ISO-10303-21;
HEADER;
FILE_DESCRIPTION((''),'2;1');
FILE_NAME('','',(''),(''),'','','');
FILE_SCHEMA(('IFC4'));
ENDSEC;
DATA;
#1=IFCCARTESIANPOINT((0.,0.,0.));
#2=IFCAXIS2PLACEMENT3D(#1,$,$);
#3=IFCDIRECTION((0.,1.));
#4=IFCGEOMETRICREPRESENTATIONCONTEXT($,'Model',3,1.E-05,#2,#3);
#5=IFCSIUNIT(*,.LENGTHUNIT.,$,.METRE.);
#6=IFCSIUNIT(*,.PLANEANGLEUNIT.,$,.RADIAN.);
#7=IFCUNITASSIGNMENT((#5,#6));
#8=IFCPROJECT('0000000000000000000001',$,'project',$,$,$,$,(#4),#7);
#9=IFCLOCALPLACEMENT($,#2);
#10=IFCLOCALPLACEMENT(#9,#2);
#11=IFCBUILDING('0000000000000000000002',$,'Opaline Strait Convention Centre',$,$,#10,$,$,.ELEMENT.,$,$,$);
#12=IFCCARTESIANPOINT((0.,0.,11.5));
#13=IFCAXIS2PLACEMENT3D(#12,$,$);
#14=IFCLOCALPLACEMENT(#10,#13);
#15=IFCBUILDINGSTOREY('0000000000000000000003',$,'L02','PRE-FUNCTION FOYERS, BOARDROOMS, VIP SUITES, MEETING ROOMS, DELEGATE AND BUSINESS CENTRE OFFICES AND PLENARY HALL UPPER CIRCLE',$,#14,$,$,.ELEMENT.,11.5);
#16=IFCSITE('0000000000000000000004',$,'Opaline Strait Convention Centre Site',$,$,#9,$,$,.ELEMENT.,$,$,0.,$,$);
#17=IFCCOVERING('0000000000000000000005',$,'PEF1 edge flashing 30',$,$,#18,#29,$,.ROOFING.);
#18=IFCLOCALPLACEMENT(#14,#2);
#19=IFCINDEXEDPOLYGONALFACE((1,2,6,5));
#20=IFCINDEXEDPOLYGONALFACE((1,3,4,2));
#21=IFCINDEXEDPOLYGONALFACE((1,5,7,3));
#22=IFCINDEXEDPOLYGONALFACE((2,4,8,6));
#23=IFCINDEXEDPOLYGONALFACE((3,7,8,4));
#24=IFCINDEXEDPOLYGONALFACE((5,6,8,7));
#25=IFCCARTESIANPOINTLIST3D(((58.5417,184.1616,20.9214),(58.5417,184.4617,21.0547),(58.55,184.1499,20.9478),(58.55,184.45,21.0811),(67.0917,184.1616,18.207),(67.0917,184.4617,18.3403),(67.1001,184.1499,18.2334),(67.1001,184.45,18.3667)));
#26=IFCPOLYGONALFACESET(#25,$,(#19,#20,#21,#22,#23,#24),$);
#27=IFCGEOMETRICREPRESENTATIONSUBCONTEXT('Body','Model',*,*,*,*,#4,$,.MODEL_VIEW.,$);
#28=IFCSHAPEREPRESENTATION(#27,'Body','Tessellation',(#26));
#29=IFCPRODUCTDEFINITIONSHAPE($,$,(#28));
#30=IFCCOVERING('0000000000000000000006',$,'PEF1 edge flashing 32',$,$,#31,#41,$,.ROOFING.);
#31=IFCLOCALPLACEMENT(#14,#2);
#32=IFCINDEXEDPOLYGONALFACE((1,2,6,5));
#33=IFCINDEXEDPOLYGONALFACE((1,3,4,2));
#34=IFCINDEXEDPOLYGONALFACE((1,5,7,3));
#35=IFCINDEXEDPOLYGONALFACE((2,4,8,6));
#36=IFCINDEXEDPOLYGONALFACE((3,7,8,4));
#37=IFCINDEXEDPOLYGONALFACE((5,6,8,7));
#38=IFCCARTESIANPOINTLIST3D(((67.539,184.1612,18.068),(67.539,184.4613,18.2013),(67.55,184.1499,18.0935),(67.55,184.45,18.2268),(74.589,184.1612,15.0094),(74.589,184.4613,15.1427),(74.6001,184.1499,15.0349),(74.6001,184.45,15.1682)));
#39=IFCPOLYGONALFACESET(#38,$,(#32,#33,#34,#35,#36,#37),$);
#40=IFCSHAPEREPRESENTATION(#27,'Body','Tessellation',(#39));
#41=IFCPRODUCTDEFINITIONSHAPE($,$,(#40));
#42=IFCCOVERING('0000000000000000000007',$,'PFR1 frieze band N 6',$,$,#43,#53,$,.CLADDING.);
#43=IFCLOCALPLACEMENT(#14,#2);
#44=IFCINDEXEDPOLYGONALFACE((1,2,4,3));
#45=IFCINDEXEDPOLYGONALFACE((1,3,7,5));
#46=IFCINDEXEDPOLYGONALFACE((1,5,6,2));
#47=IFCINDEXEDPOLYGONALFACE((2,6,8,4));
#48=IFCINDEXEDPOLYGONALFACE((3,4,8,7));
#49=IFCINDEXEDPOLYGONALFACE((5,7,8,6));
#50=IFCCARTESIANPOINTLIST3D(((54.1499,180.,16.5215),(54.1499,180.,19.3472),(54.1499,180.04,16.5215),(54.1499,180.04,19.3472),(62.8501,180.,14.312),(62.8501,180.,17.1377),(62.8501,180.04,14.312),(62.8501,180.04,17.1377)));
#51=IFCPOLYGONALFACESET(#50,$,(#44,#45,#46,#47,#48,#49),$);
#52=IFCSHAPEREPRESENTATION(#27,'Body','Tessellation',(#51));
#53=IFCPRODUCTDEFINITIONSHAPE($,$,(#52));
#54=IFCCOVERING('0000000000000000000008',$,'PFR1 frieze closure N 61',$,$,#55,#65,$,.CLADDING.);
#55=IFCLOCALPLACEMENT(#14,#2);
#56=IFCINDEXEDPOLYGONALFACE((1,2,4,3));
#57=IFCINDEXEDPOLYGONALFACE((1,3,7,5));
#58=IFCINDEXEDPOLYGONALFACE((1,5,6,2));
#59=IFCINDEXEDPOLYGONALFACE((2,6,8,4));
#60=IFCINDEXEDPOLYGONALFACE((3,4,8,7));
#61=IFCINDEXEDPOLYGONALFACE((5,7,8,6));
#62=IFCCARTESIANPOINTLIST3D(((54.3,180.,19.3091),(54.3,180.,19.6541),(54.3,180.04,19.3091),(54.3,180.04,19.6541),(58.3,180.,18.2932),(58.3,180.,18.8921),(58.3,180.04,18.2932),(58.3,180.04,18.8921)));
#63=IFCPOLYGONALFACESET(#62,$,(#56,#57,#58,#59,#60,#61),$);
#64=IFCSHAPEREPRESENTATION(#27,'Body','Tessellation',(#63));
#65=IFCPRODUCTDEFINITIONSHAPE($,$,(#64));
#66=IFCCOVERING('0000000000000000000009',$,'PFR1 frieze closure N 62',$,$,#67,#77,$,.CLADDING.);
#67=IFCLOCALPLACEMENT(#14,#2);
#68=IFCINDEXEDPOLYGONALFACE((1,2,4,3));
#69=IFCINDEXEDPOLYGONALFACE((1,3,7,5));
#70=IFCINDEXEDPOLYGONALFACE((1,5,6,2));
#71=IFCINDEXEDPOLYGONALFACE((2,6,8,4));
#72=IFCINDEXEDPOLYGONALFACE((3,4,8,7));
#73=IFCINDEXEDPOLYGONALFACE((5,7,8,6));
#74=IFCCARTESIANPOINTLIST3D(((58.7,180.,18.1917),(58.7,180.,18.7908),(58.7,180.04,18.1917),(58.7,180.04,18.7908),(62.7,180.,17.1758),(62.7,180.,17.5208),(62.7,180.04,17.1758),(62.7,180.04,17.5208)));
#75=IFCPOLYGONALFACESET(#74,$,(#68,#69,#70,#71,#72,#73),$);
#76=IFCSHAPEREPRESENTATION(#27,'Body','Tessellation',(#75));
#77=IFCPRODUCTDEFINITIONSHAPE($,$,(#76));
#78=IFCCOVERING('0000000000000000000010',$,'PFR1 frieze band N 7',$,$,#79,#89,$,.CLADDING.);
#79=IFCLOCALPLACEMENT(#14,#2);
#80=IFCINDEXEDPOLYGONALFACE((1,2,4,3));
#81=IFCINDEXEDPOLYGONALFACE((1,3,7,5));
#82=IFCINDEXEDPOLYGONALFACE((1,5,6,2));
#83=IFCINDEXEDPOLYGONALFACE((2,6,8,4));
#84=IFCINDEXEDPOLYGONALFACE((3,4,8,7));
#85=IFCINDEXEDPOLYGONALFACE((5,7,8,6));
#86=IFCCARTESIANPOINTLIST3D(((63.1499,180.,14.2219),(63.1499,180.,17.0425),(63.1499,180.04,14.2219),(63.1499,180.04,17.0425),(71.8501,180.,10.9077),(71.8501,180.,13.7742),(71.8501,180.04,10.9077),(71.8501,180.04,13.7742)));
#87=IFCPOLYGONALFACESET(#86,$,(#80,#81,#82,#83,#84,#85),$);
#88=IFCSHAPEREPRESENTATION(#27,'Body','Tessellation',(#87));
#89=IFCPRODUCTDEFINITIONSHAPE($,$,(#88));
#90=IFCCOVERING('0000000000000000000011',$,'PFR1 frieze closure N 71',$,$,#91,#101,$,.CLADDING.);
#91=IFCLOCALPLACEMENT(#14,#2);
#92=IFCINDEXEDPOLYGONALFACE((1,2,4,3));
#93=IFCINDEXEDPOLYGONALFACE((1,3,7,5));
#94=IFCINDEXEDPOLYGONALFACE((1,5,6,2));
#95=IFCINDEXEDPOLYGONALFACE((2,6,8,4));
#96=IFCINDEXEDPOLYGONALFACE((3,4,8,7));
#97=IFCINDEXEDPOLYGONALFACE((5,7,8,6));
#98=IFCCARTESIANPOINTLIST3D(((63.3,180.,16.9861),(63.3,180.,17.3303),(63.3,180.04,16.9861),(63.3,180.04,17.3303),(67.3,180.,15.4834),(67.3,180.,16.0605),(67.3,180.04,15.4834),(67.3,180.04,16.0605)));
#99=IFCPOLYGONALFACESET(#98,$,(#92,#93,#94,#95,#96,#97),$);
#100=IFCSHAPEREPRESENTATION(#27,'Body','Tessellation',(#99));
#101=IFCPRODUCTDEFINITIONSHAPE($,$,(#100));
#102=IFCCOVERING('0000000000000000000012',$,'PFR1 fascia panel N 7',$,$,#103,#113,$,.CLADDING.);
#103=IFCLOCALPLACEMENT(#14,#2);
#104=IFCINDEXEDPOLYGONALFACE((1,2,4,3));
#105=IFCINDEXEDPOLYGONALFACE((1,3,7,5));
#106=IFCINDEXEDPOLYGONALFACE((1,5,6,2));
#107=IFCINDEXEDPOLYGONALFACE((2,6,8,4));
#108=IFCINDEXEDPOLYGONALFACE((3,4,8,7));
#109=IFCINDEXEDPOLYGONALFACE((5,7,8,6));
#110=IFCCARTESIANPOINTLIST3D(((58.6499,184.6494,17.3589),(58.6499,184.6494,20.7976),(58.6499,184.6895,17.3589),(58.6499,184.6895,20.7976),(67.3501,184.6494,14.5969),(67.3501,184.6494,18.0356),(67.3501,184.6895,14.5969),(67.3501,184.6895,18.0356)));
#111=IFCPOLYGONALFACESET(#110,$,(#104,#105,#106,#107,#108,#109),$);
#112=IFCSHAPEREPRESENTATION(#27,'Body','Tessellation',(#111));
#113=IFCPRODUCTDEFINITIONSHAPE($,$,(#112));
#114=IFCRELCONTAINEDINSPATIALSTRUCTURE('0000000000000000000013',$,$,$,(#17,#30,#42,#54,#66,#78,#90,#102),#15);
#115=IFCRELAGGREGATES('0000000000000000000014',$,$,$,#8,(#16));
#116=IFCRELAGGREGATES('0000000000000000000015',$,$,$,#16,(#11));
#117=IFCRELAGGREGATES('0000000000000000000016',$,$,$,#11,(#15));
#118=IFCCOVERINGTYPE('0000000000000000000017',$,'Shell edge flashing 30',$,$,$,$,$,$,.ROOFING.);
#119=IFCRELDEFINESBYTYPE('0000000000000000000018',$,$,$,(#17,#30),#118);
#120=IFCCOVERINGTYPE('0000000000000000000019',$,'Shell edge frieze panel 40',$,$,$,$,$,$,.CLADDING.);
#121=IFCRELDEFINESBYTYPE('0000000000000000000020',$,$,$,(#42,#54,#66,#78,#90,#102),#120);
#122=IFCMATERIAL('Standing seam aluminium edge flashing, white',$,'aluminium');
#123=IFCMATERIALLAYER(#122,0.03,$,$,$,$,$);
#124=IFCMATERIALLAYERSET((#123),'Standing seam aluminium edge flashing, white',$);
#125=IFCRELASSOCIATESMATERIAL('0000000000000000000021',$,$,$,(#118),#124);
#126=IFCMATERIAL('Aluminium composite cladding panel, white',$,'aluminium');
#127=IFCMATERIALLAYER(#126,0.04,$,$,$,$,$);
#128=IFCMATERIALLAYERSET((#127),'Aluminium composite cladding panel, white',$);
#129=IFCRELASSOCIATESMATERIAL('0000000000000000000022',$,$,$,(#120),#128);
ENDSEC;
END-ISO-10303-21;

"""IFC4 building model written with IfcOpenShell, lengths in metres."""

from ifc_helpers import new_model, si_unit, direction, frame, origin, place, context, subcontext, project, spatial, polyline, outline, extrude, material, layer, layer_set, type_object, element, save


model = new_model("IFC4")

# Units and contexts
model_context = context("Model", 3, precision=1e-05, world=origin(), true_north=direction((0.0, 1.0)))
body_context = subcontext(model_context, "Body", "Model", "MODEL_VIEW")
ifc_project = project(units=[si_unit("LENGTHUNIT", "METRE"), si_unit("PLANEANGLEUNIT", "RADIAN")], contexts=[model_context])

# Site, building, storey
site_placement = place(None, origin())
site = spatial("IfcSite", under=ifc_project, at=site_placement, Name="Opaline Strait Convention Centre Site", CompositionType="ELEMENT", RefElevation=0.0)
building_placement = place(site_placement, origin())
building = spatial("IfcBuilding", under=site, at=building_placement, Name="Opaline Strait Convention Centre", CompositionType="ELEMENT")
storey_placement = place(building_placement, frame((0.0, 0.0, 11.5)))
storey = spatial("IfcBuildingStorey", under=building, at=storey_placement, Name="L02", Description="PRE-FUNCTION FOYERS, BOARDROOMS, VIP SUITES, MEETING ROOMS, DELEGATE AND BUSINESS CENTRE OFFICES AND PLENARY HALL UPPER CIRCLE", CompositionType="ELEMENT", Elevation=11.5)

# Coverings
ifc_material_1 = material(Name="Standing seam aluminium edge flashing, white", Category="aluminium")
ifc_layer_1 = layer(ifc_material_1, 0.03)
ifc_layer_set_1 = layer_set([ifc_layer_1], Name="Standing seam aluminium edge flashing, white")
covering_type_1 = type_object("IfcCoveringType", Name="Shell edge flashing 30", PredefinedType="ROOFING", material=ifc_layer_set_1)
covering_1_placement = place(storey_placement, frame((58.55, 184.1499, 20.9478), z_axis=(0.278634, -0.389922, 0.877681), x_axis=(0.953123, 0.0, -0.302585)))
element("IfcCovering", 1, at=covering_1_placement, inside=storey, type_object=covering_type_1, Name="PEF1 edge flashing 30", PredefinedType="ROOFING", context=body_context, shape_type="SweptSolid", body=[
    extrude(outline(polyline([(0.0, 0.0), (8.9706, 0.0), (8.9302, 0.3258), (-0.0403, 0.3258), (0.0, 0.0)])), origin(), (0.0, 0.0, -1.0), 0.03),
])
covering_2_placement = place(storey_placement, frame((67.55, 184.1499, 18.0935), z_axis=(0.368564, -0.377419, 0.849538), x_axis=(0.917386, 0.0, -0.397999)))
element("IfcCovering", 2, at=covering_2_placement, inside=storey, type_object=covering_type_1, Name="PEF1 edge flashing 32", PredefinedType="ROOFING", context=body_context, shape_type="SweptSolid", body=[
    extrude(outline(polyline([(0.0, 0.0), (7.6849, 0.0), (7.6319, 0.324), (-0.0531, 0.324), (0.0, 0.0)])), origin(), (0.0, 0.0, -1.0), 0.03),
])
ifc_material_2 = material(Name="Aluminium composite cladding panel, white", Category="aluminium")
ifc_layer_2 = layer(ifc_material_2, 0.04)
ifc_layer_set_2 = layer_set([ifc_layer_2], Name="Aluminium composite cladding panel, white")
covering_type_2 = type_object("IfcCoveringType", Name="Shell edge frieze panel 40", PredefinedType="CLADDING", material=ifc_layer_set_2)
covering_3_placement = place(storey_placement, frame((54.1499, 180.0, 16.5215), z_axis=(0.0, -1.0, 0.0), x_axis=(0.969233, 0.0, -0.246143)))
element("IfcCovering", 3, at=covering_3_placement, inside=storey, type_object=covering_type_2, Name="PFR1 frieze band N 6", PredefinedType="CLADDING", context=body_context, shape_type="SweptSolid", body=[
    extrude(outline(polyline([(0.0, 0.0), (8.9764, 0.0), (8.2808, 2.7387), (-0.6955, 2.7387), (0.0, 0.0)])), origin(), (0.0, 0.0, -1.0), 0.04),
])
covering_4_placement = place(storey_placement, frame((54.3, 180.0, 19.3091), z_axis=(0.0, -1.0, 0.0), x_axis=(0.969231, 0.0, -0.246153)))
element("IfcCovering", 4, at=covering_4_placement, inside=storey, type_object=covering_type_2, Name="PFR1 frieze closure N 61", PredefinedType="CLADDING", context=body_context, shape_type="SweptSolid", body=[
    extrude(outline(polyline([(0.0, 0.0), (4.127, 0.0), (3.9796, 0.5805), (-0.0849, 0.3344), (0.0, 0.0)])), origin(), (0.0, 0.0, -1.0), 0.04),
])
covering_5_placement = place(storey_placement, frame((58.7, 180.0, 18.1917), z_axis=(0.0, -1.0, 0.0), x_axis=(0.969231, 0.0, -0.246153)))
element("IfcCovering", 5, at=covering_5_placement, inside=storey, type_object=covering_type_2, Name="PFR1 frieze closure N 62", PredefinedType="CLADDING", context=body_context, shape_type="SweptSolid", body=[
    extrude(outline(polyline([(0.0, 0.0), (4.127, 0.0), (4.0421, 0.3344), (-0.1475, 0.5807), (0.0, 0.0)])), origin(), (0.0, 0.0, -1.0), 0.04),
])
covering_6_placement = place(storey_placement, frame((63.1499, 180.0, 14.2219), z_axis=(0.0, -1.0, 0.0), x_axis=(0.934493, 0.0, -0.355981)))
element("IfcCovering", 6, at=covering_6_placement, inside=storey, type_object=covering_type_2, Name="PFR1 frieze band N 7", PredefinedType="CLADDING", context=body_context, shape_type="SweptSolid", body=[
    extrude(outline(polyline([(0.0, 0.0), (9.3101, 0.0), (8.2897, 2.6787), (-1.0041, 2.6358), (0.0, 0.0)])), origin(), (0.0, 0.0, -1.0), 0.04),
])
covering_7_placement = place(storey_placement, frame((63.3, 180.0, 16.9861), z_axis=(0.0, -1.0, 0.0), x_axis=(0.936122, 0.0, -0.351674)))
element("IfcCovering", 7, at=covering_7_placement, inside=storey, type_object=covering_type_2, Name="PFR1 frieze closure N 71", PredefinedType="CLADDING", context=body_context, shape_type="SweptSolid", body=[
    extrude(outline(polyline([(0.0, 0.0), (4.2729, 0.0), (4.07, 0.5403), (-0.1211, 0.3222), (0.0, 0.0)])), origin(), (0.0, 0.0, -1.0), 0.04),
])
covering_8_placement = place(storey_placement, frame((58.6499, 184.6494, 17.3589), z_axis=(0.0, -1.0, 0.0), x_axis=(0.953124, 0.0, -0.302579)))
element("IfcCovering", 8, at=covering_8_placement, inside=storey, type_object=covering_type_2, Name="PFR1 fascia panel N 7", PredefinedType="CLADDING", context=body_context, shape_type="SweptSolid", body=[
    extrude(outline(polyline([(0.0, 0.0), (9.1281, 0.0), (8.0876, 3.2775), (-1.0405, 3.2775), (0.0, 0.0)])), origin(), (0.0, 0.0, -1.0), 0.04),
])

save(model, "model.ifc")
